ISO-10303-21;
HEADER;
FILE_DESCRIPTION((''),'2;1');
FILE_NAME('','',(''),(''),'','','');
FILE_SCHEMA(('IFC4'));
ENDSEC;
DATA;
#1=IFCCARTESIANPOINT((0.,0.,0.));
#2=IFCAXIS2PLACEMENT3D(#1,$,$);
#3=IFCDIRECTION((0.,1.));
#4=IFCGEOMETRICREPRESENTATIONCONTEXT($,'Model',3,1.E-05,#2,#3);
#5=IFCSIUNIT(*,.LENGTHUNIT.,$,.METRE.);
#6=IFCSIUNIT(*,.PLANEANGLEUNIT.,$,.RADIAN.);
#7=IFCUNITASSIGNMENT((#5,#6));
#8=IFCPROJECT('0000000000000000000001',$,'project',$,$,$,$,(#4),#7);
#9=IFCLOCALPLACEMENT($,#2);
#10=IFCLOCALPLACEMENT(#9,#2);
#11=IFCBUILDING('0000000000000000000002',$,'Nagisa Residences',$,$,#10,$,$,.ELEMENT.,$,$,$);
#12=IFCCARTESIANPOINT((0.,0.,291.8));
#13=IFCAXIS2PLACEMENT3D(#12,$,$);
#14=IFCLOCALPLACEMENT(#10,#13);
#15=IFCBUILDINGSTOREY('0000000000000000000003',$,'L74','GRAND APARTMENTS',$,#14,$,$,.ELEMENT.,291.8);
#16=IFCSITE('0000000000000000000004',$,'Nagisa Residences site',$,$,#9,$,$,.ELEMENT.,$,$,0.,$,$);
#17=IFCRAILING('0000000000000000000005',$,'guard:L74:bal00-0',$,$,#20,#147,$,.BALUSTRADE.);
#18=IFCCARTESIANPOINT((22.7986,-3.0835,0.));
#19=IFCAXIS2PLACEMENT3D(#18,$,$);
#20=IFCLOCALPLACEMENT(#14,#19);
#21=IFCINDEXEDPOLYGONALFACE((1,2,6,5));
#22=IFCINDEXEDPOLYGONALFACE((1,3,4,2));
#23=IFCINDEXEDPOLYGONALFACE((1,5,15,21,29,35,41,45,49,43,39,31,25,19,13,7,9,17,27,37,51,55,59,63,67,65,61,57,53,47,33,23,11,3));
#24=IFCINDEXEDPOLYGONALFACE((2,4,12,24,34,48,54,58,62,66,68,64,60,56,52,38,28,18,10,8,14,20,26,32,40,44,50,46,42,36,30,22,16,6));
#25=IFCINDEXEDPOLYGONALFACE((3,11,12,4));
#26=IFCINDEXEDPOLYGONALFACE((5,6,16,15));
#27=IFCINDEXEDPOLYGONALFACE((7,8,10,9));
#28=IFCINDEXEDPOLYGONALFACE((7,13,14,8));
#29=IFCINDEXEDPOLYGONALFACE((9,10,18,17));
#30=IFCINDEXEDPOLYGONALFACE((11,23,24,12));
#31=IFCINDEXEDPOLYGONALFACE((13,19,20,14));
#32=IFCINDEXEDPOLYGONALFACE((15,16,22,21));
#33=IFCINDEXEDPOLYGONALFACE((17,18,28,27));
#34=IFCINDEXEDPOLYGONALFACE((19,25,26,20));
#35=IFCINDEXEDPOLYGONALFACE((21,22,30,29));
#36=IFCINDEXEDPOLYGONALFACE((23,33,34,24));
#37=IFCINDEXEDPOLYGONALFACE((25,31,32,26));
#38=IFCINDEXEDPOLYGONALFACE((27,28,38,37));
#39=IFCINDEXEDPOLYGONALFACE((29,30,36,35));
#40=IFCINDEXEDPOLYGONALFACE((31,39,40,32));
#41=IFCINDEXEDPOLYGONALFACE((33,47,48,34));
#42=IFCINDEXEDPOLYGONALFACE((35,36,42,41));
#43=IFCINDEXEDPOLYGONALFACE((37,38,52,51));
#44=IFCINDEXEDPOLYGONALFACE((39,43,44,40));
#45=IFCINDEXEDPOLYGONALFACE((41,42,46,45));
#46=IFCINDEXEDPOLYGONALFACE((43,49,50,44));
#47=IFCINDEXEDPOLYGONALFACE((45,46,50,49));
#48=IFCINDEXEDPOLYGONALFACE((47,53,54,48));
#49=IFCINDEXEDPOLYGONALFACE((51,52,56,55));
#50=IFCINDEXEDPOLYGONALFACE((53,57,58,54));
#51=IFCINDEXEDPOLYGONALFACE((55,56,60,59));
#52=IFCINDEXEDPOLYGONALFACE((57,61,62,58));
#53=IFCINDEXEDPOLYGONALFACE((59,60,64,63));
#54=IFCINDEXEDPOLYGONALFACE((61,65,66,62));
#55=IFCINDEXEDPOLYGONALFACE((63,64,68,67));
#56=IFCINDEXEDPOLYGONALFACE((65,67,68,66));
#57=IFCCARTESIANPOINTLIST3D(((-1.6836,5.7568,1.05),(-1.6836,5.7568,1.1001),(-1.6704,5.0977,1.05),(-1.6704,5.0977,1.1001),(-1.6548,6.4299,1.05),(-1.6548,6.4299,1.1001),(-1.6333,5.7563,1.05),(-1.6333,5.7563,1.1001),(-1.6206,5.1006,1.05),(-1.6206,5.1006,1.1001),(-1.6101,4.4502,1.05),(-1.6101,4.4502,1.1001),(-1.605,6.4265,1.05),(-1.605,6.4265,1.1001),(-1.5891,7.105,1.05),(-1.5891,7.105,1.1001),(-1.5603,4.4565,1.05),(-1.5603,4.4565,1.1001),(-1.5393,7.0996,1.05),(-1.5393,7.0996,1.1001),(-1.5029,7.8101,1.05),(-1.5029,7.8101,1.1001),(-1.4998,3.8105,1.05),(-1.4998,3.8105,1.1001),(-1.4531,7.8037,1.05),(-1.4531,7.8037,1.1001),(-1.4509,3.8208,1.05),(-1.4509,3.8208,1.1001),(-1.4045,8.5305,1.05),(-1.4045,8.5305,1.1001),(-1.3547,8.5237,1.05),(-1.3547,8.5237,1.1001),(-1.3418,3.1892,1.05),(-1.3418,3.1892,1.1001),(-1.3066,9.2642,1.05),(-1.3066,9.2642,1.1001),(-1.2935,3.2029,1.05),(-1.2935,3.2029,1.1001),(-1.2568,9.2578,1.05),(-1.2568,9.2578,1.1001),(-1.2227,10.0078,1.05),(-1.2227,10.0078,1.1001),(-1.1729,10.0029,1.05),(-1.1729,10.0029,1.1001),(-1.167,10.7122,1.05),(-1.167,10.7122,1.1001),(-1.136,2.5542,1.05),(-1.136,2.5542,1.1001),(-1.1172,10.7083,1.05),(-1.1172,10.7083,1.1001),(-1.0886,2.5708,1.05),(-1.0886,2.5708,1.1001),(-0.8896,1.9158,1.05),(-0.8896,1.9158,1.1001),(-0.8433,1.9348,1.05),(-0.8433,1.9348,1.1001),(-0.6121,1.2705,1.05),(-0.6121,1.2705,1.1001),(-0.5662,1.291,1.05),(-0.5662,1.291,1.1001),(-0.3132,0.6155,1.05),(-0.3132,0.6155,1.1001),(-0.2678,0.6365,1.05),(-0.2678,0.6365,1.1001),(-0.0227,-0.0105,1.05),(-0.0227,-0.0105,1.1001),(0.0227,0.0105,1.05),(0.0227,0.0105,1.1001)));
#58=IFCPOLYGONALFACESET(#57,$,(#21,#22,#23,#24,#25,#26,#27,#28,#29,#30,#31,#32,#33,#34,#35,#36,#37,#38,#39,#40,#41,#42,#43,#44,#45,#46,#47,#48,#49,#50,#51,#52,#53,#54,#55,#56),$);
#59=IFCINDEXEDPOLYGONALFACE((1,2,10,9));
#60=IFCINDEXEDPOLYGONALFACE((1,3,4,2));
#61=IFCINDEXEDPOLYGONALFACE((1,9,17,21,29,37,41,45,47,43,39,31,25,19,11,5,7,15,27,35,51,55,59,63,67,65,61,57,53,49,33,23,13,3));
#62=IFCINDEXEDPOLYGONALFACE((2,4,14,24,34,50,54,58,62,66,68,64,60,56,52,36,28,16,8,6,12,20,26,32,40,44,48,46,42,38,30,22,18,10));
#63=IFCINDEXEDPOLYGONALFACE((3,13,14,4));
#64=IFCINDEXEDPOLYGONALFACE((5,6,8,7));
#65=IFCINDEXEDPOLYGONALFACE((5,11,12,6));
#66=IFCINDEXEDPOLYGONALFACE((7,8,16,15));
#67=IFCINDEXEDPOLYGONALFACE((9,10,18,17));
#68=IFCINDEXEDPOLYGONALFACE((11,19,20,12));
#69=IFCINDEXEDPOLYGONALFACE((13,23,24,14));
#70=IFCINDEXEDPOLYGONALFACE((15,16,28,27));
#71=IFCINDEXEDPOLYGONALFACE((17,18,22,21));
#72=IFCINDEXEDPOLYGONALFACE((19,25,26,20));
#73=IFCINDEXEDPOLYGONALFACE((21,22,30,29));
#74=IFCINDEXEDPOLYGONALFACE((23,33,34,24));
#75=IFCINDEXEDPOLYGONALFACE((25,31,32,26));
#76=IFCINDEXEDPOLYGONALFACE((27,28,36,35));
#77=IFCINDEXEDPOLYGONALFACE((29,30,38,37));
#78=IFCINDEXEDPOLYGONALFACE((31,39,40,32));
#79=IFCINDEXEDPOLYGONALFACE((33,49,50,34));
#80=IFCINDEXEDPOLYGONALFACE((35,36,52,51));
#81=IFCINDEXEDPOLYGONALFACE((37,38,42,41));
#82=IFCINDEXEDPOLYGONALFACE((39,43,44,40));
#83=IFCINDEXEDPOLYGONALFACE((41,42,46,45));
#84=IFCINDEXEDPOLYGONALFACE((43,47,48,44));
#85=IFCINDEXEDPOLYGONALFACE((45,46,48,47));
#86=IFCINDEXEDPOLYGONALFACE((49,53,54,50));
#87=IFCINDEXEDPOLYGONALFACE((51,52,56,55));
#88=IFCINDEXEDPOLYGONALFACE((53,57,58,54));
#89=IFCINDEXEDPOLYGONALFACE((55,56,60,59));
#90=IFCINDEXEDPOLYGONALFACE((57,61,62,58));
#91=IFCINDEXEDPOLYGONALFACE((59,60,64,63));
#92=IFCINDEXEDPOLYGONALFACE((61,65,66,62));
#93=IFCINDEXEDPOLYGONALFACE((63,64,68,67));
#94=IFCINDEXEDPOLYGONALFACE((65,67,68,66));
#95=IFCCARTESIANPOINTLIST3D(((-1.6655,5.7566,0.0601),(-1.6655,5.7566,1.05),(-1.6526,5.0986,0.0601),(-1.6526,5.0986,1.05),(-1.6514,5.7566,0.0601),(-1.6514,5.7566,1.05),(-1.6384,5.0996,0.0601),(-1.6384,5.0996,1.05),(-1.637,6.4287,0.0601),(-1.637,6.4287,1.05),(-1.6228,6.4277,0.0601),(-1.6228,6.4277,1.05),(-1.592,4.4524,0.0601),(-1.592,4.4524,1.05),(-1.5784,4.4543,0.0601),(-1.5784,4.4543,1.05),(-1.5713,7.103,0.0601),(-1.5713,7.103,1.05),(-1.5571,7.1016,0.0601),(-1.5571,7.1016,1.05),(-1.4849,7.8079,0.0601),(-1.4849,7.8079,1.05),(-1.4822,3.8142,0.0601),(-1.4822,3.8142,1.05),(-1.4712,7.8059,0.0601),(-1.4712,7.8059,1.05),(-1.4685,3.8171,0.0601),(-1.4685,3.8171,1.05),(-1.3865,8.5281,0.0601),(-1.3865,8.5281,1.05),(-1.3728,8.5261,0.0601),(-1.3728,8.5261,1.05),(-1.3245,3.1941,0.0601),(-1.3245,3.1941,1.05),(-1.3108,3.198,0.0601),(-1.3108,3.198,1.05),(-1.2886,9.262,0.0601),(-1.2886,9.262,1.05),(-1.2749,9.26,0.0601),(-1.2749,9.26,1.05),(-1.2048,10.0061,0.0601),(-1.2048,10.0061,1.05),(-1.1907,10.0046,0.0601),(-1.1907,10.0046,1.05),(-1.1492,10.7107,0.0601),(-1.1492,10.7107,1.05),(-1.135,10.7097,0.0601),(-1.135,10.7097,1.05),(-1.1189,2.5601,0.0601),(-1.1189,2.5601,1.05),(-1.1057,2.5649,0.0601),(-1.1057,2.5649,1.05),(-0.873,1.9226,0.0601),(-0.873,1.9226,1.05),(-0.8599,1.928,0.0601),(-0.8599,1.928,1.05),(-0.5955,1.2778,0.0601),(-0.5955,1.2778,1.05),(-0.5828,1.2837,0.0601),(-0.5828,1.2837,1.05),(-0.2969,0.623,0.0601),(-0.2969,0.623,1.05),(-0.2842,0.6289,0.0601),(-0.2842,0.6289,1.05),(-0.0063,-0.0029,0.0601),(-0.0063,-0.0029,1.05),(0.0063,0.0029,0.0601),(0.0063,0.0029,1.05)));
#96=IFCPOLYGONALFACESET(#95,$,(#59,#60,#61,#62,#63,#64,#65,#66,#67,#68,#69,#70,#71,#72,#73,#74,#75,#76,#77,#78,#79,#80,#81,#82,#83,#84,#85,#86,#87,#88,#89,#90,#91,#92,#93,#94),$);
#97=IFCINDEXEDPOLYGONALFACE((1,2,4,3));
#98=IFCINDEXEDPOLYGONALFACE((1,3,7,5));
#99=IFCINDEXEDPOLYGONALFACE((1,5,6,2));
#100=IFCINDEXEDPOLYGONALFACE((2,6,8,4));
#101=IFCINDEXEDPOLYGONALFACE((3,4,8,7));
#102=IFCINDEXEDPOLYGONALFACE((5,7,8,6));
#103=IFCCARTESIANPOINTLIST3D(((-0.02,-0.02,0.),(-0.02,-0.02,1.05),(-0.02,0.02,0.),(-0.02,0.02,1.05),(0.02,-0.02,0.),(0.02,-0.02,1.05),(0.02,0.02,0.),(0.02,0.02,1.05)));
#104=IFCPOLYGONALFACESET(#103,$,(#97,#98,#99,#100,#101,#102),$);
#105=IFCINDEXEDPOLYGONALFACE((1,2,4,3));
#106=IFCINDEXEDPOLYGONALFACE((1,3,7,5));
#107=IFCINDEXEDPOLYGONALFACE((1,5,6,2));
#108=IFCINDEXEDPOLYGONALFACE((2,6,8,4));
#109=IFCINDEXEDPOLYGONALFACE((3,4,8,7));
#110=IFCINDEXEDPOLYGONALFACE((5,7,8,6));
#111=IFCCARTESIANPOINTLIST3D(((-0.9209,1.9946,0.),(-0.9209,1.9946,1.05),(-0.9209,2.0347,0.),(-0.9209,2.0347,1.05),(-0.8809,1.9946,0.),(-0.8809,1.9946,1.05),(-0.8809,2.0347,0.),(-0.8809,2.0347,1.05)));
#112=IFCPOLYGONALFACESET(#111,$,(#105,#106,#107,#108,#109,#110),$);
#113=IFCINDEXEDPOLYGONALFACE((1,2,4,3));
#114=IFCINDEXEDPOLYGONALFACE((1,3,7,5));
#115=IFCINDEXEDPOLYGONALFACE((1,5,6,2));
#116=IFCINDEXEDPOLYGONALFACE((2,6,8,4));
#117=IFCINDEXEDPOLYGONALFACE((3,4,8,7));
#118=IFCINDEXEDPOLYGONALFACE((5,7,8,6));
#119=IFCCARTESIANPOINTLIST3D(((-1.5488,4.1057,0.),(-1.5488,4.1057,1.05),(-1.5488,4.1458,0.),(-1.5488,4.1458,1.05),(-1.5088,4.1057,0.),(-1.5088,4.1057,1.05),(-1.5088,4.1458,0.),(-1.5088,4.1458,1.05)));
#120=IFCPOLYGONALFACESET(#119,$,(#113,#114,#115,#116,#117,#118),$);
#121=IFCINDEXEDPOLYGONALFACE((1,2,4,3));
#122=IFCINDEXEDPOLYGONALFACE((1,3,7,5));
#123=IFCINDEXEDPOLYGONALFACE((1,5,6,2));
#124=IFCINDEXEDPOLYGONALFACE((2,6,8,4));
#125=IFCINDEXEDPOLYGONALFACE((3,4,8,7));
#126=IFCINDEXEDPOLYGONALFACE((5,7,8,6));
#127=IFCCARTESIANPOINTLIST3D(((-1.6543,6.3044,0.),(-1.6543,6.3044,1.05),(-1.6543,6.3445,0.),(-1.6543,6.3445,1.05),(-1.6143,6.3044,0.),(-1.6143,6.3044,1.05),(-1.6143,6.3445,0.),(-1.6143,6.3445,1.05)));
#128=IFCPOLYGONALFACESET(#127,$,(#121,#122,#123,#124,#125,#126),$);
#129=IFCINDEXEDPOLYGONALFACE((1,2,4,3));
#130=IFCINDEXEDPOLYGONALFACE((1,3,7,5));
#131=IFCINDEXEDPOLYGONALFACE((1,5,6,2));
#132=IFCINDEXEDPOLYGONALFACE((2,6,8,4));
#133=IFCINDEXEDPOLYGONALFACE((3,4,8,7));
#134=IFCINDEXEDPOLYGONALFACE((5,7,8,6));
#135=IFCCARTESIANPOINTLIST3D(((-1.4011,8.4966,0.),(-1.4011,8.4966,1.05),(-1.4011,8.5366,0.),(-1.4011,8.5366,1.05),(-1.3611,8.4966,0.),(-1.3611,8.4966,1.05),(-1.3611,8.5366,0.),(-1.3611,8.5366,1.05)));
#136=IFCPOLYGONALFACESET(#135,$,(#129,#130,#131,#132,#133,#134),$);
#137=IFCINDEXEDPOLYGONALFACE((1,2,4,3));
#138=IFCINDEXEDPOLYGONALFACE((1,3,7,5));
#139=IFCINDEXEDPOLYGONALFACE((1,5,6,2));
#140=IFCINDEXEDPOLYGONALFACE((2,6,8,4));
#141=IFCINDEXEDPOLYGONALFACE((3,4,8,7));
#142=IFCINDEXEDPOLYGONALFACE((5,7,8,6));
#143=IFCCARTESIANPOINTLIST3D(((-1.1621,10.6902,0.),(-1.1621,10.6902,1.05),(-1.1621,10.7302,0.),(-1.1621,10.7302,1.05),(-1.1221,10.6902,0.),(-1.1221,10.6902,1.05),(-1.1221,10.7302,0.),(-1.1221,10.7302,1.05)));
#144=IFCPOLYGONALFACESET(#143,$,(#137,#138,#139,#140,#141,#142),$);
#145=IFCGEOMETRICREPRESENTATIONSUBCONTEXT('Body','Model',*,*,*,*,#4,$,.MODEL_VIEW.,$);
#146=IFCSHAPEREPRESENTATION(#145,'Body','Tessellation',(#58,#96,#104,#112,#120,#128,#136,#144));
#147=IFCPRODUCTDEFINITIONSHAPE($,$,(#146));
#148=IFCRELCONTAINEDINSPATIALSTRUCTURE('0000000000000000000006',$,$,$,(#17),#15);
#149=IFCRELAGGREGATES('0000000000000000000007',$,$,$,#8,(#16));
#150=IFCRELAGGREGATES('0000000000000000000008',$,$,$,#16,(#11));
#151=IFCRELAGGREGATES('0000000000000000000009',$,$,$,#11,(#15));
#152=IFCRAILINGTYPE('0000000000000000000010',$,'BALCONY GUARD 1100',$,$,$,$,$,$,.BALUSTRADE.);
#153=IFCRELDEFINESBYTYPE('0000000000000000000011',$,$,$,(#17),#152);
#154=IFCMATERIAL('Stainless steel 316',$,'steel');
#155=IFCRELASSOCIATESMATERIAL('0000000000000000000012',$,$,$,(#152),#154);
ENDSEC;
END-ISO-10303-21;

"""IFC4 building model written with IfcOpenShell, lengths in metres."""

from ifc_helpers import new_model, si_unit, direction, frame, origin, origin_2d, place, context, subcontext, project, spatial, polyline, rectangle, outline, extrude, material, type_object, element, save


model = new_model("IFC4")

# Units and contexts
model_context = context("Model", 3, precision=1e-05, world=origin(), true_north=direction((0.0, 1.0)))
body_context = subcontext(model_context, "Body", "Model", "MODEL_VIEW")
ifc_project = project(units=[si_unit("LENGTHUNIT", "METRE"), si_unit("PLANEANGLEUNIT", "RADIAN")], contexts=[model_context])

# Site, building, storey
site_placement = place(None, origin())
site = spatial("IfcSite", under=ifc_project, at=site_placement, Name="Nagisa Residences site", CompositionType="ELEMENT", RefElevation=0.0)
building_placement = place(site_placement, origin())
building = spatial("IfcBuilding", under=site, at=building_placement, Name="Nagisa Residences", CompositionType="ELEMENT")
storey_placement = place(building_placement, frame((0.0, 0.0, 291.8)))
storey = spatial("IfcBuildingStorey", under=building, at=storey_placement, Name="L74", Description="GRAND APARTMENTS", CompositionType="ELEMENT", Elevation=291.8)

# Railing
ifc_material_1 = material(Name="Stainless steel 316", Category="steel")
railing_type = type_object("IfcRailingType", Name="BALCONY GUARD 1100", PredefinedType="BALUSTRADE", material=ifc_material_1)
railing_placement = place(storey_placement, frame((22.7986, -3.0835, 0.0)))
element("IfcRailing", 1, at=railing_placement, inside=storey, type_object=railing_type, Name="guard:L74:bal00-0", PredefinedType="BALUSTRADE", context=body_context, shape_type="SweptSolid", body=[
    extrude(outline(polyline([(-0.3132, 0.6155), (-0.0227, -0.0105), (0.0227, 0.0105), (-0.2678, 0.6365), (-0.5662, 1.291), (-0.8433, 1.9348), (-1.0886, 2.5708), (-1.2935, 3.2029), (-1.4509, 3.8208), (-1.5603, 4.4565), (-1.6206, 5.1006), (-1.6333, 5.7563), (-1.605, 6.4265), (-1.5393, 7.0996), (-1.4531, 7.8037), (-1.3547, 8.5237), (-1.2568, 9.2578), (-1.1729, 10.0029), (-1.1172, 10.7083), (-1.167, 10.7122), (-1.2227, 10.0078), (-1.3066, 9.2642), (-1.4045, 8.5305), (-1.5029, 7.8101), (-1.5891, 7.105), (-1.6548, 6.4299), (-1.6836, 5.7568), (-1.6704, 5.0977), (-1.6101, 4.4502), (-1.4998, 3.8105), (-1.3418, 3.1892), (-1.136, 2.5542), (-0.8896, 1.9158), (-0.6121, 1.2705), (-0.3132, 0.6155)])), frame((0.0, 0.0, 1.05)), (0.0, 0.0, 1.0), 0.05),
    extrude(outline(polyline([(-0.2969, 0.623), (-0.0063, -0.0029), (0.0063, 0.0029), (-0.2842, 0.6289), (-0.5828, 1.2837), (-0.8599, 1.928), (-1.1057, 2.5649), (-1.3108, 3.198), (-1.4685, 3.8171), (-1.5784, 4.4543), (-1.6384, 5.0996), (-1.6514, 5.7566), (-1.6228, 6.4277), (-1.5571, 7.1016), (-1.4712, 7.8059), (-1.3728, 8.5261), (-1.2749, 9.26), (-1.1907, 10.0046), (-1.135, 10.7097), (-1.1492, 10.7107), (-1.2048, 10.0061), (-1.2886, 9.262), (-1.3865, 8.5281), (-1.4849, 7.8079), (-1.5713, 7.103), (-1.637, 6.4287), (-1.6655, 5.7566), (-1.6526, 5.0986), (-1.592, 4.4524), (-1.4822, 3.8142), (-1.3245, 3.1941), (-1.1189, 2.5601), (-0.873, 1.9226), (-0.5955, 1.2778), (-0.2969, 0.623)])), frame((0.0, 0.0, 0.0601)), (0.0, 0.0, 1.0), 0.99),
    extrude(rectangle(XDim=0.04, YDim=0.04, at=origin_2d()), origin(), (0.0, 0.0, 1.0), 1.05),
    extrude(rectangle(XDim=0.04, YDim=0.04, at=origin_2d()), frame((-0.9009, 2.0146, 0.0)), (0.0, 0.0, 1.0), 1.05),
    extrude(rectangle(XDim=0.04, YDim=0.04, at=origin_2d()), frame((-1.5288, 4.1257, 0.0)), (0.0, 0.0, 1.0), 1.05),
    extrude(rectangle(XDim=0.04, YDim=0.04, at=origin_2d()), frame((-1.6343, 6.3245, 0.0)), (0.0, 0.0, 1.0), 1.05),
    extrude(rectangle(XDim=0.04, YDim=0.04, at=origin_2d()), frame((-1.3811, 8.5166, 0.0)), (0.0, 0.0, 1.0), 1.05),
    extrude(rectangle(XDim=0.04, YDim=0.04, at=origin_2d()), frame((-1.1421, 10.7102, 0.0)), (0.0, 0.0, 1.0), 1.05),
])

save(model, "model.ifc")
